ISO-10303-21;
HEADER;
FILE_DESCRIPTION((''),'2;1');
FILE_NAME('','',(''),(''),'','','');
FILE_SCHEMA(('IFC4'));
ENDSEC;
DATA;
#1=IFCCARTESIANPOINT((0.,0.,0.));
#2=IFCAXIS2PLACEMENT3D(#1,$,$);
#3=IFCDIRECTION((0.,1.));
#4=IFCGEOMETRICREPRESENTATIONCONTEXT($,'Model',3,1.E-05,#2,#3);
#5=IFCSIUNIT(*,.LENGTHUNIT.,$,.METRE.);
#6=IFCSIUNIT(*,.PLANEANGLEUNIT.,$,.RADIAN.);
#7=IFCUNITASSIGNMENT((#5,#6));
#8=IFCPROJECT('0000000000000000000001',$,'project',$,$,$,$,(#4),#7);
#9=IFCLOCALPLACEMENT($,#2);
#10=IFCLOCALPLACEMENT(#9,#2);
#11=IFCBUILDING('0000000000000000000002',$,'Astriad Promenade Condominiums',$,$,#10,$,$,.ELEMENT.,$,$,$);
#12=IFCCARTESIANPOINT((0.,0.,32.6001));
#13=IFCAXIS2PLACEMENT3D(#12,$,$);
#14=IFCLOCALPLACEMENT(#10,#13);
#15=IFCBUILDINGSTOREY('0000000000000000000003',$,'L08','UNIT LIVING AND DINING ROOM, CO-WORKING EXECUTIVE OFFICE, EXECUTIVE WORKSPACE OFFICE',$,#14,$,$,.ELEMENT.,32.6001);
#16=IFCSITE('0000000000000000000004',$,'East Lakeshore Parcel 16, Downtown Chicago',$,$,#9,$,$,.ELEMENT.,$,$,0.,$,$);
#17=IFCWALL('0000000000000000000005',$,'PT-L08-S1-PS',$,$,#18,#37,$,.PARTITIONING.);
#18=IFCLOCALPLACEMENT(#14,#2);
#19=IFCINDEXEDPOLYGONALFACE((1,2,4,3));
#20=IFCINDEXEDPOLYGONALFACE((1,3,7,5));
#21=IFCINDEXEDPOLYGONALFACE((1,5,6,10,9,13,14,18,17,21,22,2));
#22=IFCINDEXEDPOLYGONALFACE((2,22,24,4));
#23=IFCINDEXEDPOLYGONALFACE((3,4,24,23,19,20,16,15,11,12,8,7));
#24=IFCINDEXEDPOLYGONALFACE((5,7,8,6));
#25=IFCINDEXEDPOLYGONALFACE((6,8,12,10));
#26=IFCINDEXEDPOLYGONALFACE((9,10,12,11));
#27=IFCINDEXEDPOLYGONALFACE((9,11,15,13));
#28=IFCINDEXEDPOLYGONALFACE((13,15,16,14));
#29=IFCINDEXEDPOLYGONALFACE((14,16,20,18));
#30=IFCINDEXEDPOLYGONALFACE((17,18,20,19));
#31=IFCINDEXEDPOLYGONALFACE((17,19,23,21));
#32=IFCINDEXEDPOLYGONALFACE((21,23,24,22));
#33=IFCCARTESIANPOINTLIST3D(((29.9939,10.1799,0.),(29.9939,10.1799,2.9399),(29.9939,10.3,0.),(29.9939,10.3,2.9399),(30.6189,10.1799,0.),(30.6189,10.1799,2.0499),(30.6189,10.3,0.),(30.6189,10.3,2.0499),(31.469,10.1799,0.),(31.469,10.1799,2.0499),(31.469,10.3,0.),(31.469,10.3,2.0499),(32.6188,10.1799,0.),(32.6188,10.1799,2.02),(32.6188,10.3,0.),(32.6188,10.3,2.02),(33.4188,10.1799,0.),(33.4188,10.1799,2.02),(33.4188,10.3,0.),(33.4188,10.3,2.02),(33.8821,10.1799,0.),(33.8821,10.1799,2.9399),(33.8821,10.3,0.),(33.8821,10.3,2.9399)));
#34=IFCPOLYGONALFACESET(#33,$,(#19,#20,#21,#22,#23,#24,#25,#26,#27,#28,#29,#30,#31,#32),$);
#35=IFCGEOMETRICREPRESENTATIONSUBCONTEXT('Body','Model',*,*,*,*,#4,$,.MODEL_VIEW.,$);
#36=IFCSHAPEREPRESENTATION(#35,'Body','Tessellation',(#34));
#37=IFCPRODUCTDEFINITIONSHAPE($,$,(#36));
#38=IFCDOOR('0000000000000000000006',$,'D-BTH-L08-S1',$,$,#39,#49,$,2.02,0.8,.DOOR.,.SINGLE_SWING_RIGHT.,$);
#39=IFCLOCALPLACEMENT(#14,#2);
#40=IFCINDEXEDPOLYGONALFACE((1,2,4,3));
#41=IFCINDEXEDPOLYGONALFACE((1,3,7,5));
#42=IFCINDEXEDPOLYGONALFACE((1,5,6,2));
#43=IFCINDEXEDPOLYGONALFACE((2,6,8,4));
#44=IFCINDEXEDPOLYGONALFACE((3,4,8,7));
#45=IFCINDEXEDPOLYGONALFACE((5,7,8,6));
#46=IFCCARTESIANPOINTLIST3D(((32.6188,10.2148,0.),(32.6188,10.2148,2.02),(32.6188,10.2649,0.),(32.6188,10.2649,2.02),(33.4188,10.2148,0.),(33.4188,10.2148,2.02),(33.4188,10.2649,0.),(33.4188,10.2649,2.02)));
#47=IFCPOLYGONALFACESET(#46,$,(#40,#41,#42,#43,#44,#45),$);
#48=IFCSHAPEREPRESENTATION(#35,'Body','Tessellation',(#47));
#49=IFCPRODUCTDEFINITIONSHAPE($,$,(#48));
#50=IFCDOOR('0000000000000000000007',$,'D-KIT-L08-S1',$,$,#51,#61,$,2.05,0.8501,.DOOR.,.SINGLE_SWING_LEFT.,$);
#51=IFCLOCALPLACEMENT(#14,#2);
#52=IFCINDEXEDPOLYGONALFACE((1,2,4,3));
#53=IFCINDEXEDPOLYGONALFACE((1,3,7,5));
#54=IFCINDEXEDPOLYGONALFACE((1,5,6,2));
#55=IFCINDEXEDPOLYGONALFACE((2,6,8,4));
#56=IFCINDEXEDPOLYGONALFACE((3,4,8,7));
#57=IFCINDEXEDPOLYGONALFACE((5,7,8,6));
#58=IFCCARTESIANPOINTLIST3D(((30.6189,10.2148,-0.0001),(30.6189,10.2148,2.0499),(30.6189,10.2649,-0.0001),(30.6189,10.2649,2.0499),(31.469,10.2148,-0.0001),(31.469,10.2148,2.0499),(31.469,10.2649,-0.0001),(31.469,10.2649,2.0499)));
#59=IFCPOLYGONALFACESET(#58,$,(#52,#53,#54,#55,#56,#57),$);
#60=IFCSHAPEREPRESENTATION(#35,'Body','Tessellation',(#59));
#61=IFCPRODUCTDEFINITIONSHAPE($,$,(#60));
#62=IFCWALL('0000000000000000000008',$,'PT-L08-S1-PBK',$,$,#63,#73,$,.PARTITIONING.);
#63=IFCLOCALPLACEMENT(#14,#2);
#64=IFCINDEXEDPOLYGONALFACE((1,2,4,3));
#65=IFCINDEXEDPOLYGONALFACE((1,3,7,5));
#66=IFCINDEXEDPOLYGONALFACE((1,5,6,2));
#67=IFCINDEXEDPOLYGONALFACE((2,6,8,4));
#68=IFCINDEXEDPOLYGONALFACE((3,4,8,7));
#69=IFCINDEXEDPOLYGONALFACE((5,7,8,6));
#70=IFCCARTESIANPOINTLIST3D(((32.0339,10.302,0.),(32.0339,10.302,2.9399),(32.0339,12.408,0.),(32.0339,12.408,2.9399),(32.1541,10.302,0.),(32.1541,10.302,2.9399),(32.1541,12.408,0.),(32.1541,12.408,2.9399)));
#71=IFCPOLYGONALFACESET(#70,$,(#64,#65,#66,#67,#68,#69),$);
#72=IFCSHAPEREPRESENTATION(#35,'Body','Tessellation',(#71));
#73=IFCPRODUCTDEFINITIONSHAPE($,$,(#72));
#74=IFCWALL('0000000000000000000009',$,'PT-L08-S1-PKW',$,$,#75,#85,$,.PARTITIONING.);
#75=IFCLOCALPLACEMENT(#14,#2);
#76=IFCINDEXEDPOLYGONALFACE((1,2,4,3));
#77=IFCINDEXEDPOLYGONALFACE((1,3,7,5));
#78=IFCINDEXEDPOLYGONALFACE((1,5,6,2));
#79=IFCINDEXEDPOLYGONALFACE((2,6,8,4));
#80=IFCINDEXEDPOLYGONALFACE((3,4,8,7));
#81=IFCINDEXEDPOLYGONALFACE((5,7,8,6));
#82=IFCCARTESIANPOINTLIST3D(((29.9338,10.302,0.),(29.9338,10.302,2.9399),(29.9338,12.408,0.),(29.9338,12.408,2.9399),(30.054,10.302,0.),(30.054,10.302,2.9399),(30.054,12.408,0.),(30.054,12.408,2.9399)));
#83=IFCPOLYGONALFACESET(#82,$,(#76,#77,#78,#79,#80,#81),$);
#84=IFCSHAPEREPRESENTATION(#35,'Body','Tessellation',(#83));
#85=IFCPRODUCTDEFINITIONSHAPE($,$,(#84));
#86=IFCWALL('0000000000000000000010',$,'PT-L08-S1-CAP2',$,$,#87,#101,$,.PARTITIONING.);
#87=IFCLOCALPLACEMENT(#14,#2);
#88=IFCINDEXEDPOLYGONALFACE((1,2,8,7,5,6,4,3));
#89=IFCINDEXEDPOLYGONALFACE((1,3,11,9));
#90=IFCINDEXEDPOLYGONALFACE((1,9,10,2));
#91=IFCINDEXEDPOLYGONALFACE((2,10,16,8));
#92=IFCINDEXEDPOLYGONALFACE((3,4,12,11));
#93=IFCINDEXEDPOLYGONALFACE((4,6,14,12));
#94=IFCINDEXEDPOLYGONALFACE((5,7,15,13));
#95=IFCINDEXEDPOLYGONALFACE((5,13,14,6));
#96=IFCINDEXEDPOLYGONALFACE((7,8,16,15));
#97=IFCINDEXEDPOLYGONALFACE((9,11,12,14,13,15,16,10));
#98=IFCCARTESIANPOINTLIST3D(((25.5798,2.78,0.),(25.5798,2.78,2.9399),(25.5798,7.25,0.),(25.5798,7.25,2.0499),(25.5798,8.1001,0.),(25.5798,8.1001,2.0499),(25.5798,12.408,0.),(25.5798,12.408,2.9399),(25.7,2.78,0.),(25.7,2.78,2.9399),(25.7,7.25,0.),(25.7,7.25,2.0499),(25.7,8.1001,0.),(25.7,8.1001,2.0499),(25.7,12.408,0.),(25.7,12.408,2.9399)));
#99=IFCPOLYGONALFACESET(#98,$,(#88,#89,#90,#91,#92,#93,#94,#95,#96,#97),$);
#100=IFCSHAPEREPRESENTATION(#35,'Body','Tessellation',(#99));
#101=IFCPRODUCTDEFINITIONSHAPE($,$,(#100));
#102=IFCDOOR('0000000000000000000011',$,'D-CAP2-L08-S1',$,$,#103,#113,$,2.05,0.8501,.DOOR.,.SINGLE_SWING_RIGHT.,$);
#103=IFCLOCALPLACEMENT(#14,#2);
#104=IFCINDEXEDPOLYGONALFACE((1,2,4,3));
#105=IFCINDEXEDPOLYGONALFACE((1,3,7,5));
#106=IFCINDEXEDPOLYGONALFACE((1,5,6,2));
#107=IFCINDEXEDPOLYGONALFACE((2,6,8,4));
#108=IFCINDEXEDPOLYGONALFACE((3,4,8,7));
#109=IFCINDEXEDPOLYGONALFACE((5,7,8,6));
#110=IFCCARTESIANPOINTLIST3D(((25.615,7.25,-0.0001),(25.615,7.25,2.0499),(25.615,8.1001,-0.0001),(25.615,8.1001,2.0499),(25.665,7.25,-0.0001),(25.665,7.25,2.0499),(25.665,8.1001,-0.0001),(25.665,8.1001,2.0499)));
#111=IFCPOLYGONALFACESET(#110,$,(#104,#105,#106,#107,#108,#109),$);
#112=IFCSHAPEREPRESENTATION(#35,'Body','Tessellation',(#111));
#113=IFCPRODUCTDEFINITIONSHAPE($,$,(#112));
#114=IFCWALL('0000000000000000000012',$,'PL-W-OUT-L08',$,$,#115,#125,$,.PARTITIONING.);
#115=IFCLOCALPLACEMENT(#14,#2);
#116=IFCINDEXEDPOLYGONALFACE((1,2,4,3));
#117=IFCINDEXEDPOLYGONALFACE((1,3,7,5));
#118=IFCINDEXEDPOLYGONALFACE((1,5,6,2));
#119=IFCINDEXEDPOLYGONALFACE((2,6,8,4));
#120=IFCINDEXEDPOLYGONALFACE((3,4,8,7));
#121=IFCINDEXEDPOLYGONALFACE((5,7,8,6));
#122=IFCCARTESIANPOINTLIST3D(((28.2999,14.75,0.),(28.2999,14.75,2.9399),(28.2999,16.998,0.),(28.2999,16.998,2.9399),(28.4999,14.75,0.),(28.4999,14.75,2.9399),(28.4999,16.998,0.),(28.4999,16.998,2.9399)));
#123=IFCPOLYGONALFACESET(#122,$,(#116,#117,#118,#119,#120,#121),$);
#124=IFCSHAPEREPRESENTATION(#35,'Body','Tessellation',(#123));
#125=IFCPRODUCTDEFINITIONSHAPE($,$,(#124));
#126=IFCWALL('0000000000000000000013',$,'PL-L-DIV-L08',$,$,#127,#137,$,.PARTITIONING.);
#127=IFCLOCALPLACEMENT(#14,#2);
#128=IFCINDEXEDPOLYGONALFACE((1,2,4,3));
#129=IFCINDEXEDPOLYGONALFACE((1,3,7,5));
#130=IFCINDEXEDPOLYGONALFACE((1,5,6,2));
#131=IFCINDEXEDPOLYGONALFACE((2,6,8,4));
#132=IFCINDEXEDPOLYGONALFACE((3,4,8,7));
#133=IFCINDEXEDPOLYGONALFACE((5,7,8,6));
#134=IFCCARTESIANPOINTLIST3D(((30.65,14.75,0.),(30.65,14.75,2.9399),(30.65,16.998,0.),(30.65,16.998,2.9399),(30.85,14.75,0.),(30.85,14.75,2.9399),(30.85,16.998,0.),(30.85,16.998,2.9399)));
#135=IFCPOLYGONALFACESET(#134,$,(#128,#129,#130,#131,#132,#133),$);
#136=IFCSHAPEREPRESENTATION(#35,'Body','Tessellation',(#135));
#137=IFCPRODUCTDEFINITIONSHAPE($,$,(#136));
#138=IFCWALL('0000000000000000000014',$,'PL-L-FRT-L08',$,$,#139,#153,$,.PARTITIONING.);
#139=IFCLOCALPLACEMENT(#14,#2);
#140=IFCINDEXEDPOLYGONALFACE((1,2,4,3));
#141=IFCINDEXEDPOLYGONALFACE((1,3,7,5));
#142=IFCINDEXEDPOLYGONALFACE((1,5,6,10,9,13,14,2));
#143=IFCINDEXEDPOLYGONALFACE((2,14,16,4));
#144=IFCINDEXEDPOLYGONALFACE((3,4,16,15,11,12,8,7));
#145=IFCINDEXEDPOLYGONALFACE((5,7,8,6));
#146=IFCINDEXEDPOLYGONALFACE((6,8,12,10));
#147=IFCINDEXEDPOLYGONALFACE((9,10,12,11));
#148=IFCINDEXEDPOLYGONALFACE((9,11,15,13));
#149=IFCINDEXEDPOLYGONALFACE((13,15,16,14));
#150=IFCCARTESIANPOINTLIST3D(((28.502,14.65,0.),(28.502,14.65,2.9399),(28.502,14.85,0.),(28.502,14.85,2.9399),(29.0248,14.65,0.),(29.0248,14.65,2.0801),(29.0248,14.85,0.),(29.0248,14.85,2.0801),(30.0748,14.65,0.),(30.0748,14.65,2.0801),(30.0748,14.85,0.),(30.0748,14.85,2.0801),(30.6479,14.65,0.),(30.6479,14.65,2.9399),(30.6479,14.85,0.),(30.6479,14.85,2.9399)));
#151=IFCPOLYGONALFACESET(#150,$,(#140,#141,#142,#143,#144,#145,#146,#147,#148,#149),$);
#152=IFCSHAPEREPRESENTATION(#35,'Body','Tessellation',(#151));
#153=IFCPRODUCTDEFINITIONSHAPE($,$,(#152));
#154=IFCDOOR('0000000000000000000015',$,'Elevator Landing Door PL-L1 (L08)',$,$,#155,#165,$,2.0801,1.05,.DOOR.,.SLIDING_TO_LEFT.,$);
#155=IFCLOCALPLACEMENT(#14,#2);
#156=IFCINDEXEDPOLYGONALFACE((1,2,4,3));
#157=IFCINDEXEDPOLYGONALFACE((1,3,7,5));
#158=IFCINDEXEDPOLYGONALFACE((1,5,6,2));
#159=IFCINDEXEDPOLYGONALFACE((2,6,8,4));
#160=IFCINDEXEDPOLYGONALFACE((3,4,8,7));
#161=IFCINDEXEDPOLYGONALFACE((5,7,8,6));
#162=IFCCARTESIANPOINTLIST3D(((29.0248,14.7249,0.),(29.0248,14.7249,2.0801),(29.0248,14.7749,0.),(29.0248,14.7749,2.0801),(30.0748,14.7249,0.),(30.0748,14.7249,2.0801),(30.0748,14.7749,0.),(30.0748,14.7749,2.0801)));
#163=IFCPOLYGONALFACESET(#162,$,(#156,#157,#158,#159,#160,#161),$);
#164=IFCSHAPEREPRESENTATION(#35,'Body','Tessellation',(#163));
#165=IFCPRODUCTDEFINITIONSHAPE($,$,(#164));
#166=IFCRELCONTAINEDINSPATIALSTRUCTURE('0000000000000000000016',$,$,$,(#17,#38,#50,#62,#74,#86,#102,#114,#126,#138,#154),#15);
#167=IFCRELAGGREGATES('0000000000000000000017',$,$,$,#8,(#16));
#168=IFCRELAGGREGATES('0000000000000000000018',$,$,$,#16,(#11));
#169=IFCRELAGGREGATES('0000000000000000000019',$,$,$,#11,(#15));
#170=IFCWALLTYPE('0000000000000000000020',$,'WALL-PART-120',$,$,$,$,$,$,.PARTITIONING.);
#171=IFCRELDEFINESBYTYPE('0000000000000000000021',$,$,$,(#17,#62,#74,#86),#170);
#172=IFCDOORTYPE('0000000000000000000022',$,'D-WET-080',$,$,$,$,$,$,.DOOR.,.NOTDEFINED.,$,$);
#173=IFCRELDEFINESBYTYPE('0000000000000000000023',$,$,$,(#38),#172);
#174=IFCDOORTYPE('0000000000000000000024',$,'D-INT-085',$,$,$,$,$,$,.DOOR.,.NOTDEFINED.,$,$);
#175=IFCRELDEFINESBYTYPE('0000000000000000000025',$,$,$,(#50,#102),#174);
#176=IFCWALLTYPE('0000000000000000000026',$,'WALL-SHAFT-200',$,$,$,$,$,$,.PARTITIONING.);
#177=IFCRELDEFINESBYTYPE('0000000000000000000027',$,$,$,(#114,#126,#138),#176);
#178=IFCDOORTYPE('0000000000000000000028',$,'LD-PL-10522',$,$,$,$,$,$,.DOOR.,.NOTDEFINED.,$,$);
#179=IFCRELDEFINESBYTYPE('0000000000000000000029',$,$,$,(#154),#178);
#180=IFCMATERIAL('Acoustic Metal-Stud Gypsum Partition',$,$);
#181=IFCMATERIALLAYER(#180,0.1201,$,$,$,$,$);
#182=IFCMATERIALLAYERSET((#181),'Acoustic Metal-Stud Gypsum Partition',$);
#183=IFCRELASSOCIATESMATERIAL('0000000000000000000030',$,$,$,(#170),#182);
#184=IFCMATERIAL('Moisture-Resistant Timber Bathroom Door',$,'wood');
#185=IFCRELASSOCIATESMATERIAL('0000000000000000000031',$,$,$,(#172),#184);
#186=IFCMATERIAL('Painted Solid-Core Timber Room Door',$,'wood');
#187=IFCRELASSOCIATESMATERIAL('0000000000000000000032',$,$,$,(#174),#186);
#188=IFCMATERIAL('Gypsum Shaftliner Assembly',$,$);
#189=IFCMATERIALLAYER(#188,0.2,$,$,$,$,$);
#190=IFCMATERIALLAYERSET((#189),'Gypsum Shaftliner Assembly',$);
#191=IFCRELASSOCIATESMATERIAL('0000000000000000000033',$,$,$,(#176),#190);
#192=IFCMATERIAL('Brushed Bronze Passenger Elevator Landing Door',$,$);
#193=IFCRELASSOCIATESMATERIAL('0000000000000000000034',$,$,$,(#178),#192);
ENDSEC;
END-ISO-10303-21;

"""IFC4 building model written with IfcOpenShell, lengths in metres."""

from ifc_helpers import new_model, si_unit, direction, frame, frame_2d, origin, place, context, subcontext, project, spatial, rectangle, extrude, source, transform, mapped, material, layer, layer_set, type_object, type_shapes, element, fill, save


model = new_model("IFC4")

# Units and contexts
model_context = context("Model", 3, precision=1e-05, world=origin(), true_north=direction((0.0, 1.0)))
body_context = subcontext(model_context, "Body", "Model", "MODEL_VIEW")
ifc_project = project(units=[si_unit("LENGTHUNIT", "METRE"), si_unit("PLANEANGLEUNIT", "RADIAN")], contexts=[model_context])

# Site, building, storey
site_placement = place(None, origin())
site = spatial("IfcSite", under=ifc_project, at=site_placement, Name="East Lakeshore Parcel 16, Downtown Chicago", CompositionType="ELEMENT", RefElevation=0.0)
building_placement = place(site_placement, origin())
building = spatial("IfcBuilding", under=site, at=building_placement, Name="Astriad Promenade Condominiums", CompositionType="ELEMENT")
storey_placement = place(building_placement, frame((0.0, 0.0, 32.6001)))
storey = spatial("IfcBuildingStorey", under=building, at=storey_placement, Name="L08", Description="UNIT LIVING AND DINING ROOM, CO-WORKING EXECUTIVE OFFICE, EXECUTIVE WORKSPACE OFFICE", CompositionType="ELEMENT", Elevation=32.6001)

# Wall, openings, doors
ifc_material_1 = material(Name="Acoustic Metal-Stud Gypsum Partition")
ifc_layer_1 = layer(ifc_material_1, 0.1201)
ifc_layer_set_1 = layer_set([ifc_layer_1], Name="Acoustic Metal-Stud Gypsum Partition")
wall_type_1 = type_object("IfcWallType", Name="WALL-PART-120", PredefinedType="PARTITIONING", material=ifc_layer_set_1)
wall_1_placement = place(storey_placement, frame((29.9939, 10.24, 0.0), z_axis=(0.0, 0.0, 1.0), x_axis=(1.0, 0.0, 0.0)))
wall_1 = element("IfcWall", 1, at=wall_1_placement, inside=storey, type_object=wall_type_1, Name="PT-L08-S1-PS", PredefinedType="PARTITIONING", context=body_context, shape_type="SweptSolid", body=[
    extrude(rectangle(XDim=3.8882, YDim=0.1201, at=frame_2d((1.9441, 0.0))), origin(), (0.0, 0.0, 1.0), 2.9399),
])
opening_1_placement = place(wall_1_placement, frame((0.625, 0.0, 0.0)))
opening_1 = element("IfcOpeningElement", 2, at=opening_1_placement, cuts=wall_1, PredefinedType="OPENING", context=body_context, shape_type="SweptSolid", body=[
    extrude(rectangle(XDim=0.8501, YDim=2.05, at=frame_2d((0.425, 1.0249))), frame((0.0, 0.0701, 0.0), z_axis=(0.0, -1.0, 0.0), x_axis=(1.0, 0.0, 0.0)), (0.0, 0.0, 1.0), 0.1401),
])
opening_2_placement = place(wall_1_placement, frame((2.625, 0.0, 0.0)))
opening_2 = element("IfcOpeningElement", 3, at=opening_2_placement, cuts=wall_1, PredefinedType="OPENING", context=body_context, shape_type="SweptSolid", body=[
    extrude(rectangle(XDim=0.8, YDim=2.02, at=frame_2d((0.3999, 1.01))), frame((0.0, 0.0701, 0.0), z_axis=(0.0, -1.0, 0.0), x_axis=(1.0, 0.0, 0.0)), (0.0, 0.0, 1.0), 0.1401),
])
ifc_material_2 = material(Name="Moisture-Resistant Timber Bathroom Door", Category="wood")
door_type_1 = type_object("IfcDoorType", Name="D-WET-080", OperationType="NOTDEFINED", PredefinedType="DOOR", material=ifc_material_2)
shared_shape_1 = source(origin(), body_context, "Body", "SweptSolid", [
    extrude(rectangle(XDim=0.8, YDim=2.02, at=frame_2d((0.3999, 1.01))), frame((0.0, 0.0249, 0.0), z_axis=(0.0, -1.0, 0.0), x_axis=(1.0, 0.0, 0.0)), (0.0, 0.0, 1.0), 0.05),
])
type_shapes(door_type_1, [shared_shape_1])
door_1_placement = place(opening_2_placement, origin())
door_1 = element("IfcDoor", 4, at=door_1_placement, inside=storey, type_object=door_type_1, Name="D-BTH-L08-S1", OperationType="SINGLE_SWING_RIGHT", OverallHeight=2.02, OverallWidth=0.8, PredefinedType="DOOR", context=body_context, shape_type="MappedRepresentation", body=[
    mapped(shared_shape_1, transform((0.0, 0.0, 0.0), scale=1.0)),
])
fill(opening_2, door_1)
ifc_material_3 = material(Name="Painted Solid-Core Timber Room Door", Category="wood")
door_type_2 = type_object("IfcDoorType", Name="D-INT-085", OperationType="NOTDEFINED", PredefinedType="DOOR", material=ifc_material_3)
shared_shape_2 = source(origin(), body_context, "Body", "SweptSolid", [
    extrude(rectangle(XDim=0.8501, YDim=2.05, at=frame_2d((0.425, 1.0249))), frame((0.0, 0.0249, 0.0), z_axis=(0.0, -1.0, 0.0), x_axis=(1.0, 0.0, 0.0)), (0.0, 0.0, 1.0), 0.05),
])
type_shapes(door_type_2, [shared_shape_2])
door_2_placement = place(opening_1_placement, origin())
door_2 = element("IfcDoor", 5, at=door_2_placement, inside=storey, type_object=door_type_2, Name="D-KIT-L08-S1", OperationType="SINGLE_SWING_LEFT", OverallHeight=2.05, OverallWidth=0.8501, PredefinedType="DOOR", context=body_context, shape_type="MappedRepresentation", body=[
    mapped(shared_shape_2, transform((0.0, 0.0, 0.0), scale=1.0)),
])
fill(opening_1, door_2)

# Walls
for number, where, z_axis, x_axis, name in (
    (6, (32.094, 10.302, 0.0), (0.0, 0.0, 1.0), (0.0, 1.0, 0.0), "PT-L08-S1-PBK"),
    (7, (29.9939, 10.302, 0.0), (0.0, 0.0, 1.0), (0.0, 1.0, 0.0), "PT-L08-S1-PKW"),
):
    element("IfcWall", number, at=place(storey_placement, frame(where, z_axis=z_axis, x_axis=x_axis)), inside=storey, type_object=wall_type_1, Name=name, PredefinedType="PARTITIONING", context=body_context, shape_type="SweptSolid", body=[
        extrude(rectangle(XDim=2.106, YDim=0.1201, at=frame_2d((1.053, 0.0))), origin(), (0.0, 0.0, 1.0), 2.9399),
    ])

# Wall, opening, door
wall_2_placement = place(storey_placement, frame((25.6399, 2.78, 0.0), z_axis=(0.0, 0.0, 1.0), x_axis=(0.0, 1.0, 0.0)))
wall_2 = element("IfcWall", 8, at=wall_2_placement, inside=storey, type_object=wall_type_1, Name="PT-L08-S1-CAP2", PredefinedType="PARTITIONING", context=body_context, shape_type="SweptSolid", body=[
    extrude(rectangle(XDim=9.6279, YDim=0.1201, at=frame_2d((4.814, 0.0))), origin(), (0.0, 0.0, 1.0), 2.9399),
])
opening_3_placement = place(wall_2_placement, frame((4.47, 0.0, 0.0)))
opening_3 = element("IfcOpeningElement", 9, at=opening_3_placement, cuts=wall_2, PredefinedType="OPENING", context=body_context, shape_type="SweptSolid", body=[
    extrude(rectangle(XDim=0.8501, YDim=2.05, at=frame_2d((0.425, 1.0249))), frame((0.0, 0.0701, 0.0), z_axis=(0.0, -1.0, 0.0), x_axis=(1.0, 0.0, 0.0)), (0.0, 0.0, 1.0), 0.1401),
])
door_3_placement = place(opening_3_placement, origin())
door_3 = element("IfcDoor", 10, at=door_3_placement, inside=storey, type_object=door_type_2, Name="D-CAP2-L08-S1", OperationType="SINGLE_SWING_RIGHT", OverallHeight=2.05, OverallWidth=0.8501, PredefinedType="DOOR", context=body_context, shape_type="MappedRepresentation", body=[
    mapped(shared_shape_2, transform((0.0, 0.0, 0.0), scale=1.0)),
])
fill(opening_3, door_3)

# Walls
ifc_material_4 = material(Name="Gypsum Shaftliner Assembly")
ifc_layer_2 = layer(ifc_material_4, 0.2)
ifc_layer_set_2 = layer_set([ifc_layer_2], Name="Gypsum Shaftliner Assembly")
wall_type_2 = type_object("IfcWallType", Name="WALL-SHAFT-200", PredefinedType="PARTITIONING", material=ifc_layer_set_2)
for number, where, z_axis, x_axis, name in (
    (11, (28.3999, 14.75, 0.0), (0.0, 0.0, 1.0), (0.0, 1.0, 0.0), "PL-W-OUT-L08"),
    (12, (30.75, 14.75, 0.0), (0.0, 0.0, 1.0), (0.0, 1.0, 0.0), "PL-L-DIV-L08"),
):
    element("IfcWall", number, at=place(storey_placement, frame(where, z_axis=z_axis, x_axis=x_axis)), inside=storey, type_object=wall_type_2, Name=name, PredefinedType="PARTITIONING", context=body_context, shape_type="SweptSolid", body=[
        extrude(rectangle(XDim=2.248, YDim=0.2, at=frame_2d((1.124, 0.0))), origin(), (0.0, 0.0, 1.0), 2.9399),
    ])

# Wall, opening, door
wall_3_placement = place(storey_placement, frame((28.502, 14.75, 0.0), z_axis=(0.0, 0.0, 1.0), x_axis=(1.0, 0.0, 0.0)))
wall_3 = element("IfcWall", 13, at=wall_3_placement, inside=storey, type_object=wall_type_2, Name="PL-L-FRT-L08", PredefinedType="PARTITIONING", context=body_context, shape_type="SweptSolid", body=[
    extrude(rectangle(XDim=2.146, YDim=0.2, at=frame_2d((1.073, 0.0))), origin(), (0.0, 0.0, 1.0), 2.9399),
])
opening_4_placement = place(wall_3_placement, frame((0.5229, 0.0, 0.0)))
opening_4 = element("IfcOpeningElement", 14, at=opening_4_placement, cuts=wall_3, PredefinedType="OPENING", context=body_context, shape_type="SweptSolid", body=[
    extrude(rectangle(XDim=1.05, YDim=2.0801, at=frame_2d((0.5249, 1.04))), frame((0.0, 0.1099, 0.0), z_axis=(0.0, -1.0, 0.0), x_axis=(1.0, 0.0, 0.0)), (0.0, 0.0, 1.0), 0.22),
])
ifc_material_5 = material(Name="Brushed Bronze Passenger Elevator Landing Door")
door_type_3 = type_object("IfcDoorType", Name="LD-PL-10522", OperationType="NOTDEFINED", PredefinedType="DOOR", material=ifc_material_5)
shared_shape_3 = source(origin(), body_context, "Body", "SweptSolid", [
    extrude(rectangle(XDim=1.05, YDim=2.0801, at=frame_2d((0.5249, 1.04))), frame((0.0, 0.0249, 0.0), z_axis=(0.0, -1.0, 0.0), x_axis=(1.0, 0.0, 0.0)), (0.0, 0.0, 1.0), 0.05),
])
type_shapes(door_type_3, [shared_shape_3])
door_4_placement = place(opening_4_placement, origin())
door_4 = element("IfcDoor", 15, at=door_4_placement, inside=storey, type_object=door_type_3, Name="Elevator Landing Door PL-L1 (L08)", OperationType="SLIDING_TO_LEFT", OverallHeight=2.0801, OverallWidth=1.05, PredefinedType="DOOR", context=body_context, shape_type="MappedRepresentation", body=[
    mapped(shared_shape_3, transform((0.0, 0.0, 0.0), scale=1.0)),
])
fill(opening_4, door_4)

save(model, "model.ifc")
